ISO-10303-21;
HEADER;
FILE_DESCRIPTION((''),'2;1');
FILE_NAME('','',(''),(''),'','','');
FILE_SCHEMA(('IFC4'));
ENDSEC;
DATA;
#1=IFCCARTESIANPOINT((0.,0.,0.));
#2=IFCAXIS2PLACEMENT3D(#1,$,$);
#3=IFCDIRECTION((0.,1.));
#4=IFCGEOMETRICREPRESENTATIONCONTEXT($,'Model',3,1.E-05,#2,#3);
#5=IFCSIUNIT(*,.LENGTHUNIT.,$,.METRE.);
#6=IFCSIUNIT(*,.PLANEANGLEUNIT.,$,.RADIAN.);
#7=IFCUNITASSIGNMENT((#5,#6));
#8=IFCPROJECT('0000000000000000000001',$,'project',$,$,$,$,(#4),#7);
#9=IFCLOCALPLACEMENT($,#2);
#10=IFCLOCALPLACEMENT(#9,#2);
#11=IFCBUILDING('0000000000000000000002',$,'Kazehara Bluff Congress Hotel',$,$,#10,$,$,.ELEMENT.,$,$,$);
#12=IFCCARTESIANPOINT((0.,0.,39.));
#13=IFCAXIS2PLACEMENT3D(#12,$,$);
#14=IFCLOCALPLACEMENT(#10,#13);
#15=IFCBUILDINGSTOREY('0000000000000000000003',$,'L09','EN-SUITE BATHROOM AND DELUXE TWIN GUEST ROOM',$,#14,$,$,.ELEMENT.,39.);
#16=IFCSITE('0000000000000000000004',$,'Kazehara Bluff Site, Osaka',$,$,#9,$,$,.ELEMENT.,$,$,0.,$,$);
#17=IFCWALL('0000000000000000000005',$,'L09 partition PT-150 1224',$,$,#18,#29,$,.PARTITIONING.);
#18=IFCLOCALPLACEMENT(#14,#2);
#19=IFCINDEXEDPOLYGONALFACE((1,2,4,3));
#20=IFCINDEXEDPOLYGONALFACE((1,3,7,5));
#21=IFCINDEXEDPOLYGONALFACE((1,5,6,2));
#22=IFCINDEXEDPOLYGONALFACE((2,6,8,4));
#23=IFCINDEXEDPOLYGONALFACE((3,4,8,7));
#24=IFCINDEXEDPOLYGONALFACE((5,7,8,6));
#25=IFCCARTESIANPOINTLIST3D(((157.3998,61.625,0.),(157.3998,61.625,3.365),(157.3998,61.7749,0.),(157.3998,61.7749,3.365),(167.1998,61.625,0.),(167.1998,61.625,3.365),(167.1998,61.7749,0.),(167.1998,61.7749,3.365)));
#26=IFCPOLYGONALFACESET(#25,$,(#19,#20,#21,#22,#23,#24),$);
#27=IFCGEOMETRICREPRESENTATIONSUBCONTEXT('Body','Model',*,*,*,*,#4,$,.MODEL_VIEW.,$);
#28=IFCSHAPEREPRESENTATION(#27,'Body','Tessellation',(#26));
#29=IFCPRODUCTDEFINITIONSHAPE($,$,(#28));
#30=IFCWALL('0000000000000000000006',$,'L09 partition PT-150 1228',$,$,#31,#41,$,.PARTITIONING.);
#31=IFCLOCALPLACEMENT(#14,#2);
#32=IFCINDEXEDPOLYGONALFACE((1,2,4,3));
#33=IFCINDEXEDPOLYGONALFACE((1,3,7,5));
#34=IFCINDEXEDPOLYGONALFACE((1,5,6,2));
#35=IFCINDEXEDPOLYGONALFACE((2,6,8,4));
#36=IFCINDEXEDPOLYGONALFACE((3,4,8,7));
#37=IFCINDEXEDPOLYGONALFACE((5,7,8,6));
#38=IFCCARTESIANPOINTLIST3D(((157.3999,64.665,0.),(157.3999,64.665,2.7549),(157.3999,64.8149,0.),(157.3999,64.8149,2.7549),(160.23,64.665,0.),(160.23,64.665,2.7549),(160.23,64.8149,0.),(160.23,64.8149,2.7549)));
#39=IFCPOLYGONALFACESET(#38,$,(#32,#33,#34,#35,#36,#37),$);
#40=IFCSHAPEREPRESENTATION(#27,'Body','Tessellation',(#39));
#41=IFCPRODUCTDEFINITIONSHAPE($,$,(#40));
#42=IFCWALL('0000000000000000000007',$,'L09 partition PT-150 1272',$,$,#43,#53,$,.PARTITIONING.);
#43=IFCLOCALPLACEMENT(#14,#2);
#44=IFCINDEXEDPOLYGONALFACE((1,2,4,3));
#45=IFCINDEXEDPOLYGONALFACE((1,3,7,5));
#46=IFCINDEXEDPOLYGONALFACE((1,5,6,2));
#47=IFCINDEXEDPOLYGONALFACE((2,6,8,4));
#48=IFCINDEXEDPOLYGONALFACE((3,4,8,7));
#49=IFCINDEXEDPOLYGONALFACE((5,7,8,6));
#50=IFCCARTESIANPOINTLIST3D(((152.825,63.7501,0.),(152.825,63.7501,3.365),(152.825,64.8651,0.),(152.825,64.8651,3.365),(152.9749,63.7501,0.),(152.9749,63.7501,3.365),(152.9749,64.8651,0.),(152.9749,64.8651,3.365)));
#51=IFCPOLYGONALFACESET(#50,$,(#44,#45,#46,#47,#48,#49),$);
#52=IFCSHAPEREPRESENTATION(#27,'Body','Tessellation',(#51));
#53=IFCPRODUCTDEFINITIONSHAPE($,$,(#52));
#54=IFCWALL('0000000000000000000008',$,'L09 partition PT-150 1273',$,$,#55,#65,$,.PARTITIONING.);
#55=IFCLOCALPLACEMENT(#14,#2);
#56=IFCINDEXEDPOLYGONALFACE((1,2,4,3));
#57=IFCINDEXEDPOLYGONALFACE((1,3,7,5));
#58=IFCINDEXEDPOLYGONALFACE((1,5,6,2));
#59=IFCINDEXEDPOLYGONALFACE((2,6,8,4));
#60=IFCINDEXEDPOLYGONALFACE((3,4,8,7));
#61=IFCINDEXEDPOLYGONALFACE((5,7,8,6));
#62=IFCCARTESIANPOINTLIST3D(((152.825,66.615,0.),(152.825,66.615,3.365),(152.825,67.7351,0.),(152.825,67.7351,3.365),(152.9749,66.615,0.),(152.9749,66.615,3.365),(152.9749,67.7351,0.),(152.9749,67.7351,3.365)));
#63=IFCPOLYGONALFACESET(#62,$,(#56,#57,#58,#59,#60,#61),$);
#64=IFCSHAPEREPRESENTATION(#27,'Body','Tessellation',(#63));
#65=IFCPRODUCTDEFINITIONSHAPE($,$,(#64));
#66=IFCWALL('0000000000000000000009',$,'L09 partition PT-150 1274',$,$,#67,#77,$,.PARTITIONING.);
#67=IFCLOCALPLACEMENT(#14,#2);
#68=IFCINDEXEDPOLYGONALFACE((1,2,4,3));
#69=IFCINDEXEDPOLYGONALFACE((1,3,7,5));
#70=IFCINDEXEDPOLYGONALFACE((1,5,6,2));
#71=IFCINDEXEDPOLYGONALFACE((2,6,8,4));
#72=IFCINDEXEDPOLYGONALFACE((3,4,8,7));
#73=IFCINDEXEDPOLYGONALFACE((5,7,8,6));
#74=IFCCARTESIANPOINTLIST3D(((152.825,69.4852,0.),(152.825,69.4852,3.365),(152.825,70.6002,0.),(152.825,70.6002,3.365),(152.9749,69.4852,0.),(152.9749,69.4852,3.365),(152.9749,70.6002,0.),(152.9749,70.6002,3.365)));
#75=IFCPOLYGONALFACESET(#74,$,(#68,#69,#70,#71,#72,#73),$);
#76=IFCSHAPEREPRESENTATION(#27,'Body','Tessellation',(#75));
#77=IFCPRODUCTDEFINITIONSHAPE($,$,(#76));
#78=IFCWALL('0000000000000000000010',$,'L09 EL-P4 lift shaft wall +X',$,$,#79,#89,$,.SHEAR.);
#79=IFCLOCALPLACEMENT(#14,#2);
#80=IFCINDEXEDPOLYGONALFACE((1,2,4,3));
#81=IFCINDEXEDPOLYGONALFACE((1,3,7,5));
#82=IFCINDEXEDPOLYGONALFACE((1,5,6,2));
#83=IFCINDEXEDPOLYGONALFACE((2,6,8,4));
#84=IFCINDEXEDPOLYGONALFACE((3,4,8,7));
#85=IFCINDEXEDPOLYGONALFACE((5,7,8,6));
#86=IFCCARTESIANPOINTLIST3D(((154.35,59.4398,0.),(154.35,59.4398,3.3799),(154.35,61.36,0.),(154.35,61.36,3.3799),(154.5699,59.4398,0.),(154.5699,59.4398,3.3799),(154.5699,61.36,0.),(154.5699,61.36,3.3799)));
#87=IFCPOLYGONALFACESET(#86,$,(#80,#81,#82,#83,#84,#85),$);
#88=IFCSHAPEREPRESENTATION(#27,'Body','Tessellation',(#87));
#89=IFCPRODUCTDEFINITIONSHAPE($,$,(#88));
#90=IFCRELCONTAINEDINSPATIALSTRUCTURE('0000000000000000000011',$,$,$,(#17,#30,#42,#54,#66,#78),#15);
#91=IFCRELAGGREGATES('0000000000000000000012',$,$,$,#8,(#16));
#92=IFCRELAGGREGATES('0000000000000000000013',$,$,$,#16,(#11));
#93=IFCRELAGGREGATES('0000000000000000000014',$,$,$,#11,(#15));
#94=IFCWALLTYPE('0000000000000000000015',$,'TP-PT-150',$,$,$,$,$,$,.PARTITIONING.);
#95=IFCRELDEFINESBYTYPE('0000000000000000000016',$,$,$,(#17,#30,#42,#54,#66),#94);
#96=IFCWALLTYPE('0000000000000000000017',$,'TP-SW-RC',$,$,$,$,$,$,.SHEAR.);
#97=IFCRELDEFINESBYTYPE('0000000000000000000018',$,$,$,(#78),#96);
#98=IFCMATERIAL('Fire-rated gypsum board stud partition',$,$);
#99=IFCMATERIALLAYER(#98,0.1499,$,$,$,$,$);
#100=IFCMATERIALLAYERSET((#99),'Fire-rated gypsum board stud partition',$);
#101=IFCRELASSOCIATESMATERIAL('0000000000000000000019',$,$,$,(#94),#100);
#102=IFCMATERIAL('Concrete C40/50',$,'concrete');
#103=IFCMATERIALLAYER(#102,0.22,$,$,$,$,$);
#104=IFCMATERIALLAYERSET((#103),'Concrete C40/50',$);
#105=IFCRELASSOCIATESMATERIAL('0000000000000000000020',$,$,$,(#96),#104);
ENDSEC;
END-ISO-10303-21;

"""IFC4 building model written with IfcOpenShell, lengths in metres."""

from ifc_helpers import new_model, si_unit, direction, frame, frame_2d, origin, place, context, subcontext, project, spatial, rectangle, extrude, material, layer, layer_set, type_object, element, save


model = new_model("IFC4")

# Units and contexts
model_context = context("Model", 3, precision=1e-05, world=origin(), true_north=direction((0.0, 1.0)))
body_context = subcontext(model_context, "Body", "Model", "MODEL_VIEW")
ifc_project = project(units=[si_unit("LENGTHUNIT", "METRE"), si_unit("PLANEANGLEUNIT", "RADIAN")], contexts=[model_context])

# Site, building, storey
site_placement = place(None, origin())
site = spatial("IfcSite", under=ifc_project, at=site_placement, Name="Kazehara Bluff Site, Osaka", CompositionType="ELEMENT", RefElevation=0.0)
building_placement = place(site_placement, origin())
building = spatial("IfcBuilding", under=site, at=building_placement, Name="Kazehara Bluff Congress Hotel", CompositionType="ELEMENT")
storey_placement = place(building_placement, frame((0.0, 0.0, 39.0)))
storey = spatial("IfcBuildingStorey", under=building, at=storey_placement, Name="L09", Description="EN-SUITE BATHROOM AND DELUXE TWIN GUEST ROOM", CompositionType="ELEMENT", Elevation=39.0)

# Shared definitions
ifc_material_1 = material(Name="Fire-rated gypsum board stud partition")
ifc_layer_1 = layer(ifc_material_1, 0.1499)
ifc_layer_set_1 = layer_set([ifc_layer_1], Name="Fire-rated gypsum board stud partition")
wall_type_1 = type_object("IfcWallType", Name="TP-PT-150", PredefinedType="PARTITIONING", material=ifc_layer_set_1)

# Wall
wall_1_placement = place(storey_placement, frame((157.3999, 61.7, 0.0), z_axis=(0.0, 0.0, 1.0), x_axis=(1.0, 0.0, 0.0)))
element("IfcWall", 1, at=wall_1_placement, inside=storey, type_object=wall_type_1, Name="L09 partition PT-150 1224", PredefinedType="PARTITIONING", context=body_context, shape_type="SweptSolid", body=[
    extrude(rectangle(XDim=9.8, YDim=0.1499, at=frame_2d((4.8999, 0.0))), origin(), (0.0, 0.0, 1.0), 3.365),
])

# Wall
wall_2_placement = place(storey_placement, frame((157.3999, 64.74, 0.0), z_axis=(0.0, 0.0, 1.0), x_axis=(1.0, 0.0, 0.0)))
element("IfcWall", 2, at=wall_2_placement, inside=storey, type_object=wall_type_1, Name="L09 partition PT-150 1228", PredefinedType="PARTITIONING", context=body_context, shape_type="SweptSolid", body=[
    extrude(rectangle(XDim=2.8301, YDim=0.1499, at=frame_2d((1.415, 0.0))), origin(), (0.0, 0.0, 1.0), 2.7549),
])

# Walls
wall_3_placement = place(storey_placement, frame((152.8999, 63.75, 0.0), z_axis=(0.0, 0.0, 1.0), x_axis=(0.0, 1.0, 0.0)))
element("IfcWall", 3, at=wall_3_placement, inside=storey, type_object=wall_type_1, Name="L09 partition PT-150 1272", PredefinedType="PARTITIONING", context=body_context, shape_type="SweptSolid", body=[
    extrude(rectangle(XDim=1.115, YDim=0.1499, at=frame_2d((0.5576, 0.0))), origin(), (0.0, 0.0, 1.0), 3.365),
])
wall_4_placement = place(storey_placement, frame((152.8999, 66.615, 0.0), z_axis=(0.0, 0.0, 1.0), x_axis=(0.0, 1.0, 0.0)))
element("IfcWall", 4, at=wall_4_placement, inside=storey, type_object=wall_type_1, Name="L09 partition PT-150 1273", PredefinedType="PARTITIONING", context=body_context, shape_type="SweptSolid", body=[
    extrude(rectangle(XDim=1.1201, YDim=0.1499, at=frame_2d((0.5601, 0.0))), origin(), (0.0, 0.0, 1.0), 3.365),
])
wall_5_placement = place(storey_placement, frame((152.8999, 69.4851, 0.0), z_axis=(0.0, 0.0, 1.0), x_axis=(0.0, 1.0, 0.0)))
element("IfcWall", 5, at=wall_5_placement, inside=storey, type_object=wall_type_1, Name="L09 partition PT-150 1274", PredefinedType="PARTITIONING", context=body_context, shape_type="SweptSolid", body=[
    extrude(rectangle(XDim=1.115, YDim=0.1499, at=frame_2d((0.5576, 0.0))), origin(), (0.0, 0.0, 1.0), 3.365),
])

# Wall
ifc_material_2 = material(Name="Concrete C40/50", Category="concrete")
ifc_layer_2 = layer(ifc_material_2, 0.22)
ifc_layer_set_2 = layer_set([ifc_layer_2], Name="Concrete C40/50")
wall_type_2 = type_object("IfcWallType", Name="TP-SW-RC", PredefinedType="SHEAR", material=ifc_layer_set_2)
wall_6_placement = place(storey_placement, frame((154.46, 59.4399, 0.0), z_axis=(0.0, 0.0, 1.0), x_axis=(0.0, 1.0, 0.0)))
element("IfcWall", 6, at=wall_6_placement, inside=storey, type_object=wall_type_2, Name="L09 EL-P4 lift shaft wall +X", PredefinedType="SHEAR", context=body_context, shape_type="SweptSolid", body=[
    extrude(rectangle(XDim=1.9202, YDim=0.22, at=frame_2d((0.96, 0.0))), origin(), (0.0, 0.0, 1.0), 3.3799),
])

save(model, "model.ifc")
